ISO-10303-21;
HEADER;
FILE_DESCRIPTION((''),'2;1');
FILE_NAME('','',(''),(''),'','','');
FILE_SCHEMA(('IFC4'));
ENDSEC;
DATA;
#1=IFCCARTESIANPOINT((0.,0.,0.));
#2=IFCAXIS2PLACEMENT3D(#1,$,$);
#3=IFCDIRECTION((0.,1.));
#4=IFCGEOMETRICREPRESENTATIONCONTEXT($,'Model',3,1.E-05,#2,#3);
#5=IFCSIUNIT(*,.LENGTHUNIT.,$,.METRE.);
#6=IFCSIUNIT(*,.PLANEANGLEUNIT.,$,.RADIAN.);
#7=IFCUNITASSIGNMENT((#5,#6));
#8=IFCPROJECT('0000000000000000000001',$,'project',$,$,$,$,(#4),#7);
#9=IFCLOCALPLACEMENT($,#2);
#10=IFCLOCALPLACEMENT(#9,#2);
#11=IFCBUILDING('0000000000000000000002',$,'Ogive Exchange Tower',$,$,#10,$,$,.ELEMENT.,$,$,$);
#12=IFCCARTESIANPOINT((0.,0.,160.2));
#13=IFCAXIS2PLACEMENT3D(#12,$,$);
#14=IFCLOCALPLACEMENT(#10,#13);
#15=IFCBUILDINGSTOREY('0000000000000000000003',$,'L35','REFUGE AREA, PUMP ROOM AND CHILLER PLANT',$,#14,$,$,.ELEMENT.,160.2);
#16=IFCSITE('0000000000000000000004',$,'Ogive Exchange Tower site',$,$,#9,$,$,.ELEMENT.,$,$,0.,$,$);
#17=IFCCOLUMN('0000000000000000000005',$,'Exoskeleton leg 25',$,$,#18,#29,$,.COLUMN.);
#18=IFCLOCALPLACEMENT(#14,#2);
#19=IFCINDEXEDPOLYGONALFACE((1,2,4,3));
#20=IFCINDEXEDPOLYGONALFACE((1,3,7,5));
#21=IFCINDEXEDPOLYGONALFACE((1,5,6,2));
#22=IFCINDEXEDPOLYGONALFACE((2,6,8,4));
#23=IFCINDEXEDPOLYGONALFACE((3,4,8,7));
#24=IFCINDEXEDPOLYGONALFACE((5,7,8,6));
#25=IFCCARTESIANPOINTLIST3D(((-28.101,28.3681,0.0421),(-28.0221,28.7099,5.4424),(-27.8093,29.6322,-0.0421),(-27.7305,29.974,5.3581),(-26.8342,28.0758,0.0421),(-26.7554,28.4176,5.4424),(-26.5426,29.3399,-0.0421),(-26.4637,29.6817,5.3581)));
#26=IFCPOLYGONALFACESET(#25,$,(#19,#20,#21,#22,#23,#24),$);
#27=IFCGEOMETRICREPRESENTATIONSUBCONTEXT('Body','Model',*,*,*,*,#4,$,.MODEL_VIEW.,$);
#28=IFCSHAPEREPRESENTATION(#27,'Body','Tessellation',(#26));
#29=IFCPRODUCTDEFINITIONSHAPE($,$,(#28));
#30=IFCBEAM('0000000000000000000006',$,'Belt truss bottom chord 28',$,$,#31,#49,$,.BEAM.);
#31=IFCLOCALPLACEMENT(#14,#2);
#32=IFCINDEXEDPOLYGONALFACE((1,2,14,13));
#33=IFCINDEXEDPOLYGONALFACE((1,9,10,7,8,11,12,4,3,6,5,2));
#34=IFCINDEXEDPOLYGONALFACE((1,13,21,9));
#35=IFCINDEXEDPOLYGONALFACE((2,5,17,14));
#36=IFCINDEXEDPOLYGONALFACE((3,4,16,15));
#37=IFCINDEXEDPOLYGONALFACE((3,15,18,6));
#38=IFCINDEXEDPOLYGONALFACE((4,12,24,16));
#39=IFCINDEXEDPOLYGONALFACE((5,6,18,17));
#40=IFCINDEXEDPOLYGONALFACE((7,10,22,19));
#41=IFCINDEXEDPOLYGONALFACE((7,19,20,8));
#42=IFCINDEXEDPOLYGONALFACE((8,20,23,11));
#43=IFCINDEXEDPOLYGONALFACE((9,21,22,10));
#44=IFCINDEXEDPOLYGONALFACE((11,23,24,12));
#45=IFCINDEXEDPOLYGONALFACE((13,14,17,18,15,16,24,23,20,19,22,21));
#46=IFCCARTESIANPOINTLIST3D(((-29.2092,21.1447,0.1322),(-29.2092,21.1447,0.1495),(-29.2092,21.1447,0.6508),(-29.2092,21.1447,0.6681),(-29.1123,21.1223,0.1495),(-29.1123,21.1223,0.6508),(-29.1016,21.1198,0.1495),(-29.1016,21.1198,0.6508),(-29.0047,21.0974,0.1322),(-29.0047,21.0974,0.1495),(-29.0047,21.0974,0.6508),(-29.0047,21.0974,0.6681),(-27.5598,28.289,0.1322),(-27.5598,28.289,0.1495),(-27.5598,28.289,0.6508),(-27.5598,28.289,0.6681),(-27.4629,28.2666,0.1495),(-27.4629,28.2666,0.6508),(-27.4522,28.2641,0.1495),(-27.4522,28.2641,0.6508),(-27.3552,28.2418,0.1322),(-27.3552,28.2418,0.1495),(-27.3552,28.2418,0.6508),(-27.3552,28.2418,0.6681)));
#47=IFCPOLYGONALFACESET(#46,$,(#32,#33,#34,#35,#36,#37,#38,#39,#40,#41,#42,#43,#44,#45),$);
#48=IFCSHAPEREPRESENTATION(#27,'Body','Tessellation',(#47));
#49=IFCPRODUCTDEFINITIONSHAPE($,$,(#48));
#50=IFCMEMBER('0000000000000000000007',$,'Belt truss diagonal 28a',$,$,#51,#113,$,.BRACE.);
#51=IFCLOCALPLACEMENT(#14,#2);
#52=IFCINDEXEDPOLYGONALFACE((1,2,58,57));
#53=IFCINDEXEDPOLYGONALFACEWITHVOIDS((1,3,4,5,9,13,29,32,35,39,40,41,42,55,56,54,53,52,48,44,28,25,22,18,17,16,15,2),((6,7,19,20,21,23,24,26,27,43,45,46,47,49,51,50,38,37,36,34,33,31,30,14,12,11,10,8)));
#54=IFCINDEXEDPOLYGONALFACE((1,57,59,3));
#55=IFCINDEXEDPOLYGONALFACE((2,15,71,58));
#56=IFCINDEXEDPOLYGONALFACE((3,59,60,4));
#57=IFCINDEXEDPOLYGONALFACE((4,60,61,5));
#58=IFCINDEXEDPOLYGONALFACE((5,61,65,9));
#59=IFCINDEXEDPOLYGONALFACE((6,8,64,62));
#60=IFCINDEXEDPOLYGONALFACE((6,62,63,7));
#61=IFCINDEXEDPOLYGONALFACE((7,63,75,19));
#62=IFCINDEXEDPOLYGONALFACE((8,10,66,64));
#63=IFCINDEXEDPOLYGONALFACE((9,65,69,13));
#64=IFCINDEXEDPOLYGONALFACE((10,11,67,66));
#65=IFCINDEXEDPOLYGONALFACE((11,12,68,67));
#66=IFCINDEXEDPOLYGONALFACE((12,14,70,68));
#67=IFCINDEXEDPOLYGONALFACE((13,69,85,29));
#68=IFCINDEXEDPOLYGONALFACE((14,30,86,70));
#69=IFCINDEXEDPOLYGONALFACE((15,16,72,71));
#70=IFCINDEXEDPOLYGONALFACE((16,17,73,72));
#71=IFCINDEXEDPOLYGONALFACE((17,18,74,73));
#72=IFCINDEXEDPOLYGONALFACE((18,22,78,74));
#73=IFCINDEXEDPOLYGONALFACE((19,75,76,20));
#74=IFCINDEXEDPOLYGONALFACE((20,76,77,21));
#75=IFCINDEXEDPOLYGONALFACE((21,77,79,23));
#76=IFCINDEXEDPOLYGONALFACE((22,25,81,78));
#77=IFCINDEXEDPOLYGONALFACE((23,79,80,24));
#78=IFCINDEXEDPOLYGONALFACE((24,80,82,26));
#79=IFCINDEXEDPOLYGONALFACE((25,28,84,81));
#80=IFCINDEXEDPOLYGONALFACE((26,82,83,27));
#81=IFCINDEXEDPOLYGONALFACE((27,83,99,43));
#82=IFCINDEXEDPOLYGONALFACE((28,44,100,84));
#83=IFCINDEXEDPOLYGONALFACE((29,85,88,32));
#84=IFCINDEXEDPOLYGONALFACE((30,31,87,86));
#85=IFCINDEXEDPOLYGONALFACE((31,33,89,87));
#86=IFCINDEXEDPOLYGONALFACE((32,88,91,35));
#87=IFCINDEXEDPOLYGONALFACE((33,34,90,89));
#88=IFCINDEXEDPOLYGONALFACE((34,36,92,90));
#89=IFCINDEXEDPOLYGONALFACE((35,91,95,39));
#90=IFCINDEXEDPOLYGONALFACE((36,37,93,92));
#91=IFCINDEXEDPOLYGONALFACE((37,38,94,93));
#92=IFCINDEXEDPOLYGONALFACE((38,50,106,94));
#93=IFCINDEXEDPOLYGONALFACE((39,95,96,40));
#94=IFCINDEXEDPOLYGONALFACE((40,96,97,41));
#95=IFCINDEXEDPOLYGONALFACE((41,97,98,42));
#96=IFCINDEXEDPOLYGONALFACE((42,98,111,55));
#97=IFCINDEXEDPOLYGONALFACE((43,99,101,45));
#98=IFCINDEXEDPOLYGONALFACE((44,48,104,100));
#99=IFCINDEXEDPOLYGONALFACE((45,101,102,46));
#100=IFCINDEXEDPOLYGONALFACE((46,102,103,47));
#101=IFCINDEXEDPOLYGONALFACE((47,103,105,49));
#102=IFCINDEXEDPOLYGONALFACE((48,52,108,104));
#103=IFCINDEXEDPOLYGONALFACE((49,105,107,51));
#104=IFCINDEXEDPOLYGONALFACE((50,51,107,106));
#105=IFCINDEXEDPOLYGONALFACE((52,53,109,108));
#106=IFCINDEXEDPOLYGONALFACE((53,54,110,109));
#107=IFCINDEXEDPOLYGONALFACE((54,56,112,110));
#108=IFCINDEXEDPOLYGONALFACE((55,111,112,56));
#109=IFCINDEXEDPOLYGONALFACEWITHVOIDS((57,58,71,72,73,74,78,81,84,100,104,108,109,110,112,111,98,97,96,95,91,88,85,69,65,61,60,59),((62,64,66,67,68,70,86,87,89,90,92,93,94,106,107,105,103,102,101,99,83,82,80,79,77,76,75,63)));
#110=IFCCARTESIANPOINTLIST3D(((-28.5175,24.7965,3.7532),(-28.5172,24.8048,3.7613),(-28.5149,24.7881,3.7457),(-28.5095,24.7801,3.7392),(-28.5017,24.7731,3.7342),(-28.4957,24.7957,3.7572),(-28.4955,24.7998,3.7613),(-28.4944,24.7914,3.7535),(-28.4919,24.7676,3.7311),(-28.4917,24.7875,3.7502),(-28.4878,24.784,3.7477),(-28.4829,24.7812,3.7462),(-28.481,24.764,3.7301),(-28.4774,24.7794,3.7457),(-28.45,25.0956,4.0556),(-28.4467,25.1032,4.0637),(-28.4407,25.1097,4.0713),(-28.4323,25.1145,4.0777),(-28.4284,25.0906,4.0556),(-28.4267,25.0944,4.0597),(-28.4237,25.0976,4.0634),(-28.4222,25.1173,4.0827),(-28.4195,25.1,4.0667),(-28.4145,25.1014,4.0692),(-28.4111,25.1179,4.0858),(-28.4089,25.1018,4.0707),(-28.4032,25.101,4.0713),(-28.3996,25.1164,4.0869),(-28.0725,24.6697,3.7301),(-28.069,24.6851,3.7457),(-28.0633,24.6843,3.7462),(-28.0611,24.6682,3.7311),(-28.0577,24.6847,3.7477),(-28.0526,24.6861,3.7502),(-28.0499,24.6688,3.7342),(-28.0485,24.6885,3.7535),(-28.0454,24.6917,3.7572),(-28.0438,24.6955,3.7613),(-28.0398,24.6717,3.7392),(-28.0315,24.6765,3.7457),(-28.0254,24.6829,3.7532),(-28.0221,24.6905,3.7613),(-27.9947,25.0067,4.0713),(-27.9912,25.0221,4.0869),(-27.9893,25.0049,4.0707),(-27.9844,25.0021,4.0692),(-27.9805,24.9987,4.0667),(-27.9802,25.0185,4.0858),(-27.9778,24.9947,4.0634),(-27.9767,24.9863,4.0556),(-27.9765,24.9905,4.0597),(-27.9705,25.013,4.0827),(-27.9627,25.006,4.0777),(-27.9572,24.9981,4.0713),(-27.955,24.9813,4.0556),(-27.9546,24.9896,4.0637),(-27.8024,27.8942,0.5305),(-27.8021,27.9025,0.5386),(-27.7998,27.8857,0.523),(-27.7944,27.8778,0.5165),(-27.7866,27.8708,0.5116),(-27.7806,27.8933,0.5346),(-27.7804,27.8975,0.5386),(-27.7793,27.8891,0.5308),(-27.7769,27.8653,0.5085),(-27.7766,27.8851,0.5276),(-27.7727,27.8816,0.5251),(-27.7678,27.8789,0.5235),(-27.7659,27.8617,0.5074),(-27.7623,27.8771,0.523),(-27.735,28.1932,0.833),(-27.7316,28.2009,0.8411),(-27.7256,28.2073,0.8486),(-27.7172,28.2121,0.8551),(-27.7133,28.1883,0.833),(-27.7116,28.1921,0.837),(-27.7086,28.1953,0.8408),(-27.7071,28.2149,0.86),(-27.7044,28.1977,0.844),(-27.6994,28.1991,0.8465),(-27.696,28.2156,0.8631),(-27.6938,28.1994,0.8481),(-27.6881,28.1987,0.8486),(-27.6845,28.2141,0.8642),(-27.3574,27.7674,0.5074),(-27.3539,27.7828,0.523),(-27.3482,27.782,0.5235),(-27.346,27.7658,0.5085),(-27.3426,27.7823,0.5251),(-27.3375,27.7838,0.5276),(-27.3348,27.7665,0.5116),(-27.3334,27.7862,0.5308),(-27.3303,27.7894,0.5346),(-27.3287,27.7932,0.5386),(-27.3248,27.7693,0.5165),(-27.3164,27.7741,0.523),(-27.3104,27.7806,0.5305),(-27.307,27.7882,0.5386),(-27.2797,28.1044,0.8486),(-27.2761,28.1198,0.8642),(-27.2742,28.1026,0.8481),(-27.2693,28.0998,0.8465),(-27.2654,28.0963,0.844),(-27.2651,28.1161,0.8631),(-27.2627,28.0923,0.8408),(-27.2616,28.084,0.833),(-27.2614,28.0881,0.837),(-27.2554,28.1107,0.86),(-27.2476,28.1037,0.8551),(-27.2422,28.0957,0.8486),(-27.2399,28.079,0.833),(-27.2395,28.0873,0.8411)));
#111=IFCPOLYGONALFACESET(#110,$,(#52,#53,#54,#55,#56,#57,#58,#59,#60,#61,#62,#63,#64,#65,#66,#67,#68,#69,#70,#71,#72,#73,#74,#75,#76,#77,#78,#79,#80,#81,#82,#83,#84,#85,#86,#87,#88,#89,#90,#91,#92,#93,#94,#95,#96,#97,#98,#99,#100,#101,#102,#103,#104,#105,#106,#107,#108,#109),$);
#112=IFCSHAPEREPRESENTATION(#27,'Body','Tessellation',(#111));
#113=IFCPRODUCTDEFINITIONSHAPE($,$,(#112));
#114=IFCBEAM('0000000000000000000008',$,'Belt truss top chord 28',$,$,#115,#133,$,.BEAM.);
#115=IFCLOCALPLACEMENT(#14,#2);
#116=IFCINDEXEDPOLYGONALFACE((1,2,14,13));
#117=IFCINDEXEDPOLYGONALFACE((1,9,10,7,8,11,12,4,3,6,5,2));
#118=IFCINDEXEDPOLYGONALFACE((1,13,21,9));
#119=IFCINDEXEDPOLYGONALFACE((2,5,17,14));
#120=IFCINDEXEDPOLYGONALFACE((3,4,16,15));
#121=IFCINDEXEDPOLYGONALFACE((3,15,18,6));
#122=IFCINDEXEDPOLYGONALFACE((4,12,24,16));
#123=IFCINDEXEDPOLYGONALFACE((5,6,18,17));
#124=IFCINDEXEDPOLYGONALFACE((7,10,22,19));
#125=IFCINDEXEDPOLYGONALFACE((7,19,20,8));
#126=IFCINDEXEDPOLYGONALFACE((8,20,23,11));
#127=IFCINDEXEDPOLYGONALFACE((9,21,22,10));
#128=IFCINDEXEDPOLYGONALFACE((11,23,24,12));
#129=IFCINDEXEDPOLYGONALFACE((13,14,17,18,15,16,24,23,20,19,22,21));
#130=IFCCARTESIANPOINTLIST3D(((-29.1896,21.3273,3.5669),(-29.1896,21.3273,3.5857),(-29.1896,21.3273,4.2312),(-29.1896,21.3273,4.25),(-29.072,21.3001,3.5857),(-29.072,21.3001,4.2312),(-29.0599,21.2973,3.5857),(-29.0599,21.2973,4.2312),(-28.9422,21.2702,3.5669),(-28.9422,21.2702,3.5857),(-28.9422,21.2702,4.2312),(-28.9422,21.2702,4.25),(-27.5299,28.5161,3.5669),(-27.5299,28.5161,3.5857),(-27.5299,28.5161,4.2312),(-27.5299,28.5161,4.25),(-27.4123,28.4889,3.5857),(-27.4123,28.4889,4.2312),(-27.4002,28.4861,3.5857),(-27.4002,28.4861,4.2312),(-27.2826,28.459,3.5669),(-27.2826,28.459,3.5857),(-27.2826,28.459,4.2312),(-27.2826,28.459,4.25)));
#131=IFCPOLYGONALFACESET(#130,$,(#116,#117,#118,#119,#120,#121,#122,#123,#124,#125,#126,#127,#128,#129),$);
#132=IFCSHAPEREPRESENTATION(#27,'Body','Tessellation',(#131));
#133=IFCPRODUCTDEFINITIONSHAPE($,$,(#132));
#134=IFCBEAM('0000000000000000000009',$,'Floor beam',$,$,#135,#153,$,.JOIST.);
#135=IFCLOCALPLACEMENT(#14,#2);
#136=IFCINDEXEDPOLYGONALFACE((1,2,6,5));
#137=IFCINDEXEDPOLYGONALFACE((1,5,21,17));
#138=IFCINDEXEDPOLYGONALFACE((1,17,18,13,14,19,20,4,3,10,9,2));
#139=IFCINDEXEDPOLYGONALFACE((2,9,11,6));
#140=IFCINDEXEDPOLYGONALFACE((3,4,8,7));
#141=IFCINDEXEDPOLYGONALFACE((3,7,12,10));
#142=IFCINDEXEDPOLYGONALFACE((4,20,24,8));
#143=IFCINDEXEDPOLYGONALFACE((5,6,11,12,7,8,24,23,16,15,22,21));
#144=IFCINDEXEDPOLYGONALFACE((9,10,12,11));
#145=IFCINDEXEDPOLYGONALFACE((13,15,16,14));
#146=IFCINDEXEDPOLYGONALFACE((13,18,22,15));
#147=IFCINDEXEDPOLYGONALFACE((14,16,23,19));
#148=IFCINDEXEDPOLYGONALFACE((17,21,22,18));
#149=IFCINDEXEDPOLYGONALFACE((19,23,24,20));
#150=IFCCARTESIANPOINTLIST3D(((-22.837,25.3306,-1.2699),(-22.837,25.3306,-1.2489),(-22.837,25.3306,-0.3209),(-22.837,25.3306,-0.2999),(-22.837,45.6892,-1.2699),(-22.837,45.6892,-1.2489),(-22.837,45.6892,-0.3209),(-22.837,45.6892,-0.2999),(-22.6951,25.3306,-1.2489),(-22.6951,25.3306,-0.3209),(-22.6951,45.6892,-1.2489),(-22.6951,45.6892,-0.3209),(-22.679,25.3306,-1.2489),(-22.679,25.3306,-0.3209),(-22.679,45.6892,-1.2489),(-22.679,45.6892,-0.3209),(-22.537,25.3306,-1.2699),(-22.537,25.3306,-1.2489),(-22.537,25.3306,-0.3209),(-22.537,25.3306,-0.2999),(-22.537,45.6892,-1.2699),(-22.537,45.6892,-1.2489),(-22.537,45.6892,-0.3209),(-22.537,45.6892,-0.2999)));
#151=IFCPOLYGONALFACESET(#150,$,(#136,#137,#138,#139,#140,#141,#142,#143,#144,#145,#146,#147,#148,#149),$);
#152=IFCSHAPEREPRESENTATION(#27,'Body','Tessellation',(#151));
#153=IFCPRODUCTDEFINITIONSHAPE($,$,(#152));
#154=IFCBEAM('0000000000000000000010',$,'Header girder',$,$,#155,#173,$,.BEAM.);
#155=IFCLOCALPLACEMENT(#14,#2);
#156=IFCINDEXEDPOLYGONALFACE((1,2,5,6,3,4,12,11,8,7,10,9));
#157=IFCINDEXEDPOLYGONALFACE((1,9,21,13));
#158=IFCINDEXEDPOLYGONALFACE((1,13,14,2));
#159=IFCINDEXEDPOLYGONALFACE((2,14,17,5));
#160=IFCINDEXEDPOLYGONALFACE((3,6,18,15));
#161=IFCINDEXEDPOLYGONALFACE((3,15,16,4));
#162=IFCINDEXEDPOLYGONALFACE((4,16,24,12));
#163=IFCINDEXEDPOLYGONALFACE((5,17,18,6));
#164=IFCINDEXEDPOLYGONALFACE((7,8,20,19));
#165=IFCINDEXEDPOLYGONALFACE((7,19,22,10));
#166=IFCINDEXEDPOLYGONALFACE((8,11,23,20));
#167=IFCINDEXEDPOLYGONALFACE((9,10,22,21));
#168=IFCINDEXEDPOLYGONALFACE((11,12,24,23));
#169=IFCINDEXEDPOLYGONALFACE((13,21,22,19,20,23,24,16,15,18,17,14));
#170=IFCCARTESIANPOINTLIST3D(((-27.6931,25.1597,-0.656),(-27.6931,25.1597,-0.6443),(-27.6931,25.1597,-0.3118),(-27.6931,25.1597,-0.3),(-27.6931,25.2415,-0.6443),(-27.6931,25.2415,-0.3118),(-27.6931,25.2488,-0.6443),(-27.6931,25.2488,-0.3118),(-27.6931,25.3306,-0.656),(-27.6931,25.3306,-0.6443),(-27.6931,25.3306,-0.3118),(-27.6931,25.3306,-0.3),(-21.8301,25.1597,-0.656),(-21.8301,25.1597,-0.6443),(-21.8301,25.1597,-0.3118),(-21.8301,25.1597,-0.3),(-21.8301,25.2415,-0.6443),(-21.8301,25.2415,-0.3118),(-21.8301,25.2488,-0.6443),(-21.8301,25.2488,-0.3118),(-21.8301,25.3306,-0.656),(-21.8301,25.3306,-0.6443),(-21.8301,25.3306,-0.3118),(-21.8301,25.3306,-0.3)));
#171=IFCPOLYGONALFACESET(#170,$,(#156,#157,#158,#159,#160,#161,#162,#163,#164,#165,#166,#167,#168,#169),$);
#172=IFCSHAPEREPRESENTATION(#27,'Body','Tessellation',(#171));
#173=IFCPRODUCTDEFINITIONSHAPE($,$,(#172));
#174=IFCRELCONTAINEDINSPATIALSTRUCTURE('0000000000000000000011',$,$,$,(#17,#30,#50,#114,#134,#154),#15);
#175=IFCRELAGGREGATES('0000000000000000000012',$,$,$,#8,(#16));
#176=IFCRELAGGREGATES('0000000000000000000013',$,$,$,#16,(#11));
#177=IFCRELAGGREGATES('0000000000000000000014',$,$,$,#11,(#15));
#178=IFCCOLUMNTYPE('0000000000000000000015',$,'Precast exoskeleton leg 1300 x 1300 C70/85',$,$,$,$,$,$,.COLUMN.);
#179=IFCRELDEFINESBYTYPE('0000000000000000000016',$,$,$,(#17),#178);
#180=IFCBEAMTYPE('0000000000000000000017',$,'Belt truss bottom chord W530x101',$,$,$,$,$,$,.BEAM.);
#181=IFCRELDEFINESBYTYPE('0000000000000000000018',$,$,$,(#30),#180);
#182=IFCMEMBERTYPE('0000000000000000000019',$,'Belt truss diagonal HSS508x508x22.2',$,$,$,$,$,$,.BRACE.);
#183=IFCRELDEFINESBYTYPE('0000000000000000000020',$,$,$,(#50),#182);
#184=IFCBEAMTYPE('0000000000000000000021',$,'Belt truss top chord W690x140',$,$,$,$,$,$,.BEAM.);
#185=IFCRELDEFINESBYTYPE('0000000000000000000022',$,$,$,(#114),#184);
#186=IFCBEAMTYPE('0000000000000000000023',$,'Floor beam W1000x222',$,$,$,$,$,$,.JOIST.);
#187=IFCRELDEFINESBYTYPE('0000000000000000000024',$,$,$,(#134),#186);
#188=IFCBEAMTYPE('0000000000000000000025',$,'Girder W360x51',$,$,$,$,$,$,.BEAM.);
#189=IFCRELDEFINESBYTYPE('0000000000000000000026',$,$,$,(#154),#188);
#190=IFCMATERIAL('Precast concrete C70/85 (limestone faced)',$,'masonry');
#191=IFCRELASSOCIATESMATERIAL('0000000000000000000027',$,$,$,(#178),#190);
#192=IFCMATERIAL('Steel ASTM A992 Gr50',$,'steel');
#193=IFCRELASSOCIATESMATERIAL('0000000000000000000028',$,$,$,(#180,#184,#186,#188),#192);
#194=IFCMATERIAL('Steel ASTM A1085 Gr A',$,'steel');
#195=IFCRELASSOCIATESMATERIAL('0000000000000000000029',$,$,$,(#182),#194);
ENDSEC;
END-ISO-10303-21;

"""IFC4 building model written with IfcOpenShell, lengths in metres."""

from ifc_helpers import new_model, si_unit, direction, frame, origin, origin_2d, place, context, subcontext, project, spatial, rectangle, hollow_rectangle, i_section, extrude, material, material_profile, profile_set, type_object, element, save


model = new_model("IFC4")

# Units and contexts
model_context = context("Model", 3, precision=1e-05, world=origin(), true_north=direction((0.0, 1.0)))
body_context = subcontext(model_context, "Body", "Model", "MODEL_VIEW")
ifc_project = project(units=[si_unit("LENGTHUNIT", "METRE"), si_unit("PLANEANGLEUNIT", "RADIAN")], contexts=[model_context])

# Site, building, storey
site_placement = place(None, origin())
site = spatial("IfcSite", under=ifc_project, at=site_placement, Name="Ogive Exchange Tower site", CompositionType="ELEMENT", RefElevation=0.0)
building_placement = place(site_placement, origin())
building = spatial("IfcBuilding", under=site, at=building_placement, Name="Ogive Exchange Tower", CompositionType="ELEMENT")
storey_placement = place(building_placement, frame((0.0, 0.0, 160.2)))
storey = spatial("IfcBuildingStorey", under=building, at=storey_placement, Name="L35", Description="REFUGE AREA, PUMP ROOM AND CHILLER PLANT", CompositionType="ELEMENT", Elevation=160.2)

# Column
ifc_material_1 = material(Name="Precast concrete C70/85 (limestone faced)", Category="masonry")
ifc_material_profile_1 = material_profile(ifc_material_1, rectangle(XDim=1.3, YDim=1.3, at=origin_2d()), Name="1300 x 1300")
ifc_profile_set_1 = profile_set([ifc_material_profile_1], Name="Precast concrete C70/85 (limestone faced)")
column_type = type_object("IfcColumnType", Name="Precast exoskeleton leg 1300 x 1300 C70/85", PredefinedType="COLUMN", material=ifc_profile_set_1)
column_placement = place(storey_placement, frame((-27.3218, 28.854, 0.0), z_axis=(0.014572, 0.063161, 0.997897), x_axis=(-0.974403, 0.224809, 0.0)))
element("IfcColumn", 1, at=column_placement, inside=storey, type_object=column_type, Name="Exoskeleton leg 25", PredefinedType="COLUMN", context=body_context, shape_type="SweptSolid", body=[
    extrude(rectangle(XDim=1.3, YDim=1.3, at=origin_2d()), origin(), (0.0, 0.0, 1.0), 5.4116),
])

# Beam
ifc_material_2 = material(Name="Steel ASTM A992 Gr50", Category="steel")
ifc_material_profile_2 = material_profile(ifc_material_2, i_section(OverallWidth=0.21, OverallDepth=0.5359, WebThickness=0.011, FlangeThickness=0.0173, at=origin_2d()), Name="W530x101")
ifc_profile_set_2 = profile_set([ifc_material_profile_2], Name="Steel ASTM A992 Gr50")
beam_type_1 = type_object("IfcBeamType", Name="Belt truss bottom chord W530x101", PredefinedType="BEAM", material=ifc_profile_set_2)
beam_1_placement = place(storey_placement, frame((-27.4575, 28.2654, 0.4001), z_axis=(-0.224954, -0.974369, 0.0), x_axis=(0.974369, -0.224954, 0.0)))
element("IfcBeam", 2, at=beam_1_placement, inside=storey, type_object=beam_type_1, Name="Belt truss bottom chord 28", PredefinedType="BEAM", context=body_context, shape_type="SweptSolid", body=[
    extrude(i_section(OverallWidth=0.21, OverallDepth=0.5359, WebThickness=0.011, FlangeThickness=0.0173, at=origin_2d()), origin(), (0.0, 0.0, 1.0), 7.3323),
])

# Member
ifc_material_3 = material(Name="Steel ASTM A1085 Gr A", Category="steel")
ifc_material_profile_3 = material_profile(ifc_material_3, hollow_rectangle(XDim=0.5081, YDim=0.5081, WallThickness=0.0222, InnerFilletRadius=0.0222, OuterFilletRadius=0.0444, at=origin_2d()), Name="HSS508x508x22.2")
ifc_profile_set_3 = profile_set([ifc_material_profile_3], Name="Steel ASTM A1085 Gr A")
member_type = type_object("IfcMemberType", Name="Belt truss diagonal HSS508x508x22.2", PredefinedType="BRACE", material=ifc_profile_set_3)
member_placement = place(storey_placement, frame((-27.521, 27.9907, 0.6858), z_axis=(-0.157966, -0.684286, 0.711899), x_axis=(0.974374, -0.224932, 0.0)))
element("IfcMember", 3, at=member_placement, inside=storey, type_object=member_type, Name="Belt truss diagonal 28a", PredefinedType="BRACE", context=body_context, shape_type="SweptSolid", body=[
    extrude(hollow_rectangle(XDim=0.5081, YDim=0.5081, WallThickness=0.0222, InnerFilletRadius=0.0222, OuterFilletRadius=0.0444, at=origin_2d()), origin(), (0.0, 0.0, 1.0), 4.5269),
])

# Beams
ifc_material_profile_4 = material_profile(ifc_material_2, i_section(OverallWidth=0.2539, OverallDepth=0.6831, WebThickness=0.0125, FlangeThickness=0.0188, at=origin_2d()), Name="W690x140")
ifc_profile_set_4 = profile_set([ifc_material_profile_4], Name="Steel ASTM A992 Gr50")
beam_type_2 = type_object("IfcBeamType", Name="Belt truss top chord W690x140", PredefinedType="BEAM", material=ifc_profile_set_4)
beam_2_placement = place(storey_placement, frame((-27.4062, 28.4875, 3.9084), z_axis=(-0.224954, -0.974369, 0.0), x_axis=(0.974369, -0.224954, 0.0)))
element("IfcBeam", 4, at=beam_2_placement, inside=storey, type_object=beam_type_2, Name="Belt truss top chord 28", PredefinedType="BEAM", context=body_context, shape_type="SweptSolid", body=[
    extrude(i_section(OverallWidth=0.2539, OverallDepth=0.6831, WebThickness=0.0125, FlangeThickness=0.0188, at=origin_2d()), origin(), (0.0, 0.0, 1.0), 7.3779),
])
ifc_material_profile_5 = material_profile(ifc_material_2, i_section(OverallWidth=0.3, OverallDepth=0.97, WebThickness=0.0161, FlangeThickness=0.021, at=origin_2d()), Name="W1000x222")
ifc_profile_set_5 = profile_set([ifc_material_profile_5], Name="Steel ASTM A992 Gr50")
beam_type_3 = type_object("IfcBeamType", Name="Floor beam W1000x222", PredefinedType="JOIST", material=ifc_profile_set_5)
beam_3_placement = place(storey_placement, frame((-22.687, 25.3306, -0.7849), z_axis=(0.0, 1.0, 0.0), x_axis=(-1.0, 0.0, 0.0)))
element("IfcBeam", 5, at=beam_3_placement, inside=storey, type_object=beam_type_3, Name="Floor beam", PredefinedType="JOIST", context=body_context, shape_type="SweptSolid", body=[
    extrude(i_section(OverallWidth=0.3, OverallDepth=0.97, WebThickness=0.0161, FlangeThickness=0.021, at=origin_2d()), origin(), (0.0, 0.0, 1.0), 20.3586),
])
ifc_material_profile_6 = material_profile(ifc_material_2, i_section(OverallWidth=0.1709, OverallDepth=0.356, WebThickness=0.0073, FlangeThickness=0.0117, at=origin_2d()), Name="W360x51")
ifc_profile_set_6 = profile_set([ifc_material_profile_6], Name="Steel ASTM A992 Gr50")
beam_type_4 = type_object("IfcBeamType", Name="Girder W360x51", PredefinedType="BEAM", material=ifc_profile_set_6)
beam_4_placement = place(storey_placement, frame((-27.6931, 25.2451, -0.478), z_axis=(1.0, 0.0, 0.0), x_axis=(0.0, 1.0, 0.0)))
element("IfcBeam", 6, at=beam_4_placement, inside=storey, type_object=beam_type_4, Name="Header girder", PredefinedType="BEAM", context=body_context, shape_type="SweptSolid", body=[
    extrude(i_section(OverallWidth=0.1709, OverallDepth=0.356, WebThickness=0.0073, FlangeThickness=0.0117, at=origin_2d()), origin(), (0.0, 0.0, 1.0), 5.863),
])

save(model, "model.ifc")
